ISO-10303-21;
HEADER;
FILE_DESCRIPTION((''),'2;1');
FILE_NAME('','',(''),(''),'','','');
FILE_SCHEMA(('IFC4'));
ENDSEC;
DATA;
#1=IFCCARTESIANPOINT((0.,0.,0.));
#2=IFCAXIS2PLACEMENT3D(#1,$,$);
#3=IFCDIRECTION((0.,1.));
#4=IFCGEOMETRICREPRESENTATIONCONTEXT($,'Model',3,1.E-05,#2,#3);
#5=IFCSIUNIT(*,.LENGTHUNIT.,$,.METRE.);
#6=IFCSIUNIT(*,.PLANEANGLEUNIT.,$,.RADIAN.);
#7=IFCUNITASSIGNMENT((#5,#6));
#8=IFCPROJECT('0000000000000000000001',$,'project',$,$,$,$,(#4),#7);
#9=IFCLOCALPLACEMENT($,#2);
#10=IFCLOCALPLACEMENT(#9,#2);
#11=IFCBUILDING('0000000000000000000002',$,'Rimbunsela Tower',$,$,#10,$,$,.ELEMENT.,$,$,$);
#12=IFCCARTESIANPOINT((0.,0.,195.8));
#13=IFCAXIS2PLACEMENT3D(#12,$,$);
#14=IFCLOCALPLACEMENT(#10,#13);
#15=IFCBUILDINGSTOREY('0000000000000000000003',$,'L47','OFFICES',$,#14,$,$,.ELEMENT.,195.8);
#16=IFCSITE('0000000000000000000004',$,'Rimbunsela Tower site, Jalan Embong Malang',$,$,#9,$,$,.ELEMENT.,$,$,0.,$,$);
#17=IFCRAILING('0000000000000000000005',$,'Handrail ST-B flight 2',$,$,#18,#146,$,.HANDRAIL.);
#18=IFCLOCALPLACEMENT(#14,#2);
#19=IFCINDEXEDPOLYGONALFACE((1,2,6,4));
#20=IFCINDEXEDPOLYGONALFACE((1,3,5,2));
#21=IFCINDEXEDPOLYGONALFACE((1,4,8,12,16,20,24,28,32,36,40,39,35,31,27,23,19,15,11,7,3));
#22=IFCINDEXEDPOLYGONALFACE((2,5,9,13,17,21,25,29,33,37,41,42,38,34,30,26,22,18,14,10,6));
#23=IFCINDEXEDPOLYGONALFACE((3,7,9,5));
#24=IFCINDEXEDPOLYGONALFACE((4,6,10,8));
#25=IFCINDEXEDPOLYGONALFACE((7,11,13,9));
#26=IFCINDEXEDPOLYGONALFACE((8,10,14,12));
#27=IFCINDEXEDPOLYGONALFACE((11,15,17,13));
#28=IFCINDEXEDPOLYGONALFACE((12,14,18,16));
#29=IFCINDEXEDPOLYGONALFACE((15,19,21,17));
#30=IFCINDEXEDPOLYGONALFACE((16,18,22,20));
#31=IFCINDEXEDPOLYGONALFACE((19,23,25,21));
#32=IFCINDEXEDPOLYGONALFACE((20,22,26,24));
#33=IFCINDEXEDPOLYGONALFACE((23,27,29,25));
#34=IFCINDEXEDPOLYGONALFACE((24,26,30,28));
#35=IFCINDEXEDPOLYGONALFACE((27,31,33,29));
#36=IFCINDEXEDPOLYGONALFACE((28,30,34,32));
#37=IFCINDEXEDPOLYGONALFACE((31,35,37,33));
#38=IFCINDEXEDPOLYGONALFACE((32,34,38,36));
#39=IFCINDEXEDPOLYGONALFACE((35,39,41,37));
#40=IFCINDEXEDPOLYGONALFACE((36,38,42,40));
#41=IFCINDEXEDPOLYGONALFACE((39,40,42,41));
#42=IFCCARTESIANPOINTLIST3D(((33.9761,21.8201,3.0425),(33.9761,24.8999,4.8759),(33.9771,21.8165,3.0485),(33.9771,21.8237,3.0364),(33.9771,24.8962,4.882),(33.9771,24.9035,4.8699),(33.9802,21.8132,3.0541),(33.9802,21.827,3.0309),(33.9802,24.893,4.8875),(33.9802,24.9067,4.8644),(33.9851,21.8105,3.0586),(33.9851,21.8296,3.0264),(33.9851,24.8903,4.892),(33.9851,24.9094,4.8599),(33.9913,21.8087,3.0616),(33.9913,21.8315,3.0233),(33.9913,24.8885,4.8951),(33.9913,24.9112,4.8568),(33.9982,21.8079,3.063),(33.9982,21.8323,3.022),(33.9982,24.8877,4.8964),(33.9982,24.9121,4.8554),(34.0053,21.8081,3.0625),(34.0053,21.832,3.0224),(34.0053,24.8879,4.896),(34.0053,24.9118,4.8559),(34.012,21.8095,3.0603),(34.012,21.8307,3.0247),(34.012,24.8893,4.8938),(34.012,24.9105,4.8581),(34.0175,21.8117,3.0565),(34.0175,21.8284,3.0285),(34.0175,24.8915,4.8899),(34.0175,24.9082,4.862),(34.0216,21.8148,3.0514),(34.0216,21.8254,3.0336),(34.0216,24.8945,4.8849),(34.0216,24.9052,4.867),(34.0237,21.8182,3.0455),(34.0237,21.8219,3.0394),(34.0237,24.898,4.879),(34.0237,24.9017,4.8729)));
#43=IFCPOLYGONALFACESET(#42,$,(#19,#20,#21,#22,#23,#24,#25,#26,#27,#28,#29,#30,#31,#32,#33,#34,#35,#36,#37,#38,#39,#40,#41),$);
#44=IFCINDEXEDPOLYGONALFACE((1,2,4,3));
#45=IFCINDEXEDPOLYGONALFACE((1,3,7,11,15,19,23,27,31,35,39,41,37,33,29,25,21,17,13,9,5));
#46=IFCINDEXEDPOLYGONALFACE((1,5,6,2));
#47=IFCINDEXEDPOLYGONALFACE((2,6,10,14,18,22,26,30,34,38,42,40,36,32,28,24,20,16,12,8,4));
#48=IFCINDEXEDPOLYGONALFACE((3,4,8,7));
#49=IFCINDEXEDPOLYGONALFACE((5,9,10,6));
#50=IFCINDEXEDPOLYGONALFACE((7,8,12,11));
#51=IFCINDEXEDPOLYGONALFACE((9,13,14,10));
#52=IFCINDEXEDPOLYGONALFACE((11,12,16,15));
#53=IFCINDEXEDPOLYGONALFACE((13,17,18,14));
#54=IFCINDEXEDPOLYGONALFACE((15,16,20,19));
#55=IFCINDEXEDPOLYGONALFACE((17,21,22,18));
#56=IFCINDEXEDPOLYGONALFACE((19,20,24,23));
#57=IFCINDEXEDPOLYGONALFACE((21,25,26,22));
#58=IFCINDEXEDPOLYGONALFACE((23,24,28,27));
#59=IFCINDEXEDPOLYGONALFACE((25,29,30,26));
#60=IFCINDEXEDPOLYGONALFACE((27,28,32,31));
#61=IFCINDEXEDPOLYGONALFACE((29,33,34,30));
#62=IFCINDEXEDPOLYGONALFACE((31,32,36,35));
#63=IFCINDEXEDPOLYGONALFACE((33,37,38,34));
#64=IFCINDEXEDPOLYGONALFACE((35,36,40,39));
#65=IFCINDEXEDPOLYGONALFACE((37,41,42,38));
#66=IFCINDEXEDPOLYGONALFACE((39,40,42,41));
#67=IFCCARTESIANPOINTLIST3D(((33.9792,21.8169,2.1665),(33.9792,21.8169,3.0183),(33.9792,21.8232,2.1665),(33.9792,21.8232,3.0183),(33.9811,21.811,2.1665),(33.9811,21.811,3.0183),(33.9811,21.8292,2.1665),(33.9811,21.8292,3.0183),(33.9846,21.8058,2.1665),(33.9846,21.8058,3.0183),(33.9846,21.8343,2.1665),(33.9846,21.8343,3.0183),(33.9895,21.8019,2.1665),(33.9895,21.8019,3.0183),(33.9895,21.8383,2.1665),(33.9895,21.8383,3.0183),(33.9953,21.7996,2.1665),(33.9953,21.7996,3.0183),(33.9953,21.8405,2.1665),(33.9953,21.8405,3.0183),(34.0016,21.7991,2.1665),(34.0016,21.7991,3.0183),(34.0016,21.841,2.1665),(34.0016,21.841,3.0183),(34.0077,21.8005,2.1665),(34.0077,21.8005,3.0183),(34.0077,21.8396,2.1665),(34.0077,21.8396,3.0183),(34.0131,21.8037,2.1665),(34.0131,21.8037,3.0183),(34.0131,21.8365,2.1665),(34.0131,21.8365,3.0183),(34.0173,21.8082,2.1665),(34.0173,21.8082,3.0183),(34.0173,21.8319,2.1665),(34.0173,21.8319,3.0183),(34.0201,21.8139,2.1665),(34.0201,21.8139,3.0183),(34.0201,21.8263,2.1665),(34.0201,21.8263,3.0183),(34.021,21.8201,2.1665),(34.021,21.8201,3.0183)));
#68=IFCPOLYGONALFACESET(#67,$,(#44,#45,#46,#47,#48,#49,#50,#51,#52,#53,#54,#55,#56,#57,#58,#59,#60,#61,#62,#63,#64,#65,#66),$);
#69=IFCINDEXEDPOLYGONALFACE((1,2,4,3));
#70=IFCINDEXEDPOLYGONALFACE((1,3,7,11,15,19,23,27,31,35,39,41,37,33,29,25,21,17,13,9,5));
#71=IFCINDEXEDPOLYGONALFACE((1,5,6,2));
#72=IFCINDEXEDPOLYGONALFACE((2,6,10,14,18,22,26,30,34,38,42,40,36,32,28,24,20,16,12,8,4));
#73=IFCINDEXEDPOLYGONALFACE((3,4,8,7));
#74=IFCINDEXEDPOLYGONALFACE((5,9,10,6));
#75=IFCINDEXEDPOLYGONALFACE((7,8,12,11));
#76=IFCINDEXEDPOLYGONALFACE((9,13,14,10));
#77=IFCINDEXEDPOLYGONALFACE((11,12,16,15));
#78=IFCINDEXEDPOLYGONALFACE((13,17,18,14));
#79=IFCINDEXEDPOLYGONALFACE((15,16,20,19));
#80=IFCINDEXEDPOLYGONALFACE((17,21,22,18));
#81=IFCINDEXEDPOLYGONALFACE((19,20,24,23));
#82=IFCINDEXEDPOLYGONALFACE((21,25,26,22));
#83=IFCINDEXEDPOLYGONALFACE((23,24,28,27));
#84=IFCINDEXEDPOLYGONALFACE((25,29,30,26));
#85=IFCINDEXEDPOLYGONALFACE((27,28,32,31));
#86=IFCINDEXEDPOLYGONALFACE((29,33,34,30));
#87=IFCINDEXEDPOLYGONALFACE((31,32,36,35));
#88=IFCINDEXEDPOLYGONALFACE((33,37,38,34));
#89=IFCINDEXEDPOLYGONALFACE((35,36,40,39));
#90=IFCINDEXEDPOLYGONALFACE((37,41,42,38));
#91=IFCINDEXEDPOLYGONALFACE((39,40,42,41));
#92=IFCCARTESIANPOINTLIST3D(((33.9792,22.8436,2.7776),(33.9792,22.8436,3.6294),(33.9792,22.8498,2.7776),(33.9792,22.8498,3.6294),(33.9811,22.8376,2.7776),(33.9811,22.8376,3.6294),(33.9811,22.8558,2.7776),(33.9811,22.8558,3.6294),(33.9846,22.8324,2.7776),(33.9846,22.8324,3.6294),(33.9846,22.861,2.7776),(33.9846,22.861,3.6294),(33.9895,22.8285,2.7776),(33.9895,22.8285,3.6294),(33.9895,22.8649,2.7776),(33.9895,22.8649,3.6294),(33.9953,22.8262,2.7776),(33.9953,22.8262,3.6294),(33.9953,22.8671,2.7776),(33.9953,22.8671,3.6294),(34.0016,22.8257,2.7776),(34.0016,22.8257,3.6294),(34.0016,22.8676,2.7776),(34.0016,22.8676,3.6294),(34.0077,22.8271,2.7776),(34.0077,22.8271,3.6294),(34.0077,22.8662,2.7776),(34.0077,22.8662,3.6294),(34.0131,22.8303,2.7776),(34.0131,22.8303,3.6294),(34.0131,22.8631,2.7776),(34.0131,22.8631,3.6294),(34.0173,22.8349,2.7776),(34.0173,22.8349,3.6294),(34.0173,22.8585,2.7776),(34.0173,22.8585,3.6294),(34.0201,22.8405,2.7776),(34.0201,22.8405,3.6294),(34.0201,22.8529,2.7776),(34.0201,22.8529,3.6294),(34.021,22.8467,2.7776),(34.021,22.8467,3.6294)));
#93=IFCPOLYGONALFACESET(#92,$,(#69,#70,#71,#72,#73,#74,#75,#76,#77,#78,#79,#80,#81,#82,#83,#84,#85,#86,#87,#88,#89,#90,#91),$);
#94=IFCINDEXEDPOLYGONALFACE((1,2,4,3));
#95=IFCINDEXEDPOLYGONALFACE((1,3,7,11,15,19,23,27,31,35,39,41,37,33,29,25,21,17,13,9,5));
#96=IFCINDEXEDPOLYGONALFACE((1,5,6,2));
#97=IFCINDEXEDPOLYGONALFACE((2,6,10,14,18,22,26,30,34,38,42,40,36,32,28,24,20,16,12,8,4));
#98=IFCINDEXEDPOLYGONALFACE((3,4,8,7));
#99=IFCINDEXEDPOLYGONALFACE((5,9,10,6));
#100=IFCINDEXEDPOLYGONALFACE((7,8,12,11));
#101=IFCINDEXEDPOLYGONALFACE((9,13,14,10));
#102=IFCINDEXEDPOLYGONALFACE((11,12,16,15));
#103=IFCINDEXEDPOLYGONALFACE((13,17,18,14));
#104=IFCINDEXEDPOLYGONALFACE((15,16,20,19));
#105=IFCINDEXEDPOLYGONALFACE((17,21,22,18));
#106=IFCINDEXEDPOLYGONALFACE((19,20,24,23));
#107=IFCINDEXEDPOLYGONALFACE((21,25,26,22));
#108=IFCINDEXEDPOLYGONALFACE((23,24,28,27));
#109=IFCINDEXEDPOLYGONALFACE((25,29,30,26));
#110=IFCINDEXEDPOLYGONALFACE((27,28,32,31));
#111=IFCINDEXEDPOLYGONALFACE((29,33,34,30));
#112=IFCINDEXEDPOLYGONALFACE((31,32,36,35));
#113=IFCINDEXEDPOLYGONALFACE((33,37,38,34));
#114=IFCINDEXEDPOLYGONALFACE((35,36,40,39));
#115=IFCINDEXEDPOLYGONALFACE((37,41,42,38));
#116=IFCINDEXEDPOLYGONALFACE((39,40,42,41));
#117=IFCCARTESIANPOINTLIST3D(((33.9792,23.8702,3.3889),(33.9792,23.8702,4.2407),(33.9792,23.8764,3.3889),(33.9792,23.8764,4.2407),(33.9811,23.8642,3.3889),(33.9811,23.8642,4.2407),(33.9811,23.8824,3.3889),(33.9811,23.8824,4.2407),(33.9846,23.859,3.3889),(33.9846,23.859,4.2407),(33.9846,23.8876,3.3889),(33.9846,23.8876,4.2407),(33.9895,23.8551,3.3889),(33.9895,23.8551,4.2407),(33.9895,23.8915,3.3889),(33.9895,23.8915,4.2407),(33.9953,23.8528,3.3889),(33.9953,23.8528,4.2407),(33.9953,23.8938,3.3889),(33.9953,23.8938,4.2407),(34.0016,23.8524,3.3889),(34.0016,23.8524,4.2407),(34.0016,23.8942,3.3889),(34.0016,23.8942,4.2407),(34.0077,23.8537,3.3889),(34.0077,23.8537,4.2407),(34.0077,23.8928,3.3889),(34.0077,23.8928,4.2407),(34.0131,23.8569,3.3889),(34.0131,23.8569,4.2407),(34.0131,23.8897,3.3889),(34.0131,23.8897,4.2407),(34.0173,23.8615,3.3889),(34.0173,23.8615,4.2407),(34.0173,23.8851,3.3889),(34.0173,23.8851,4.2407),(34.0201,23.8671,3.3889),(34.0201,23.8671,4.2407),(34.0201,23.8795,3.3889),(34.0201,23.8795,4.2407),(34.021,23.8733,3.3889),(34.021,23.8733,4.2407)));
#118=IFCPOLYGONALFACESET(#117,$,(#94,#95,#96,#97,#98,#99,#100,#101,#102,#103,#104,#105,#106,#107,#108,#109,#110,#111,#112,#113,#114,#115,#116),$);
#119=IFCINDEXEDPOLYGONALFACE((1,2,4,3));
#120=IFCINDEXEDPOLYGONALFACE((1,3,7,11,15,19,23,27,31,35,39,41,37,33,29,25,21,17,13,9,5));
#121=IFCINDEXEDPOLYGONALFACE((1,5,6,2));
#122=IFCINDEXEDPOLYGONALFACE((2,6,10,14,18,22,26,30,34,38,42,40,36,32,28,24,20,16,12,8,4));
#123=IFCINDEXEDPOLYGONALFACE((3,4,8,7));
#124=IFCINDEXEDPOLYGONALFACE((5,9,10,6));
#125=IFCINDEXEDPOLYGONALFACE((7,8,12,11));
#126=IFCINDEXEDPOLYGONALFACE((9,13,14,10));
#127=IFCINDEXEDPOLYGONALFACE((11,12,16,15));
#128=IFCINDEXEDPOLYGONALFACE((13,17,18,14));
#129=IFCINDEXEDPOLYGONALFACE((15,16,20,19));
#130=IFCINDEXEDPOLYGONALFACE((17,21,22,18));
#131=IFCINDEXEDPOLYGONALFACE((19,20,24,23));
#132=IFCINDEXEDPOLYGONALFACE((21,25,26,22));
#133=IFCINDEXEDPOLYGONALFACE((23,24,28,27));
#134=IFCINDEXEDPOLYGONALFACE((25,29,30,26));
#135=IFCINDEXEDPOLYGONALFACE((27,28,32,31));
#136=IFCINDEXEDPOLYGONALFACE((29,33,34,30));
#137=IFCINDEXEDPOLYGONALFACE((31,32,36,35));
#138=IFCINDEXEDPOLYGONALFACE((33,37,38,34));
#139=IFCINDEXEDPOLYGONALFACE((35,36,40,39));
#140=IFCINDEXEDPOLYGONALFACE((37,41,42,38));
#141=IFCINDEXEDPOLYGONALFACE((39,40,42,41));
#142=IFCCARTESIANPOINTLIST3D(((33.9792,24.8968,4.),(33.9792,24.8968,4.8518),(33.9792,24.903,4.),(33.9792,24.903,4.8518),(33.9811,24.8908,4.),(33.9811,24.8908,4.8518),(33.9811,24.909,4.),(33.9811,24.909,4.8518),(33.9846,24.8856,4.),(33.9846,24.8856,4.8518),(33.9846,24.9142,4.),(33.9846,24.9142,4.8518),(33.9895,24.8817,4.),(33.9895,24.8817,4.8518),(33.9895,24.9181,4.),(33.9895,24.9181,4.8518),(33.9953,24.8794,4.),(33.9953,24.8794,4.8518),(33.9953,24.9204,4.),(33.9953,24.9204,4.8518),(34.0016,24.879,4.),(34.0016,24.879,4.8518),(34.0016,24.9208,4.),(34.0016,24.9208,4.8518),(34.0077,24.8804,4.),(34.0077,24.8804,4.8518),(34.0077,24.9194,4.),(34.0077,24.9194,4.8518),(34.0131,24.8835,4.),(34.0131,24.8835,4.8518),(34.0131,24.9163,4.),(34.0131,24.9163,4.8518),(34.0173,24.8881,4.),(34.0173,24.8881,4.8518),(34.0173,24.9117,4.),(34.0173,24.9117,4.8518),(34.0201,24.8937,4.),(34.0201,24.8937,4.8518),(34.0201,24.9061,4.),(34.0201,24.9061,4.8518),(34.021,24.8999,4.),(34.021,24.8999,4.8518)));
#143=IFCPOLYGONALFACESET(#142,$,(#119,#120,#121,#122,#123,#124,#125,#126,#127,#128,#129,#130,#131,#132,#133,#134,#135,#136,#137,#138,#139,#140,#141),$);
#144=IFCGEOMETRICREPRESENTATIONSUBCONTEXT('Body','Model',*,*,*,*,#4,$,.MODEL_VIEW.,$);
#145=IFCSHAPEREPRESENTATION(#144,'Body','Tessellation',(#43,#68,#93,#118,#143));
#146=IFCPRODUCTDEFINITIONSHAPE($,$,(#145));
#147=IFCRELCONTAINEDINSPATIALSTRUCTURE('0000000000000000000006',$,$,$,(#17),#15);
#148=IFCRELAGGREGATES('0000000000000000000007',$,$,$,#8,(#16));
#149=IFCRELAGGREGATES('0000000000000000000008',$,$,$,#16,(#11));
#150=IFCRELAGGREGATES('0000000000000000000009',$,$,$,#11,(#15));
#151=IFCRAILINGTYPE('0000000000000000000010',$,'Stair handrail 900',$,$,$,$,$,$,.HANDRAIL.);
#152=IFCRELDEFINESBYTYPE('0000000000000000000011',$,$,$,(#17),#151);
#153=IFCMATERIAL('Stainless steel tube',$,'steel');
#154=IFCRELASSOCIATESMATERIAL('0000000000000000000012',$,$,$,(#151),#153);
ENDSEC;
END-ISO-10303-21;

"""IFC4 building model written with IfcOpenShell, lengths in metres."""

from ifc_helpers import new_model, si_unit, direction, frame, origin, origin_2d, place, context, subcontext, project, spatial, circle, extrude, material, type_object, element, save


model = new_model("IFC4")

# Units and contexts
model_context = context("Model", 3, precision=1e-05, world=origin(), true_north=direction((0.0, 1.0)))
body_context = subcontext(model_context, "Body", "Model", "MODEL_VIEW")
ifc_project = project(units=[si_unit("LENGTHUNIT", "METRE"), si_unit("PLANEANGLEUNIT", "RADIAN")], contexts=[model_context])

# Site, building, storey
site_placement = place(None, origin())
site = spatial("IfcSite", under=ifc_project, at=site_placement, Name="Rimbunsela Tower site, Jalan Embong Malang", CompositionType="ELEMENT", RefElevation=0.0)
building_placement = place(site_placement, origin())
building = spatial("IfcBuilding", under=site, at=building_placement, Name="Rimbunsela Tower", CompositionType="ELEMENT")
storey_placement = place(building_placement, frame((0.0, 0.0, 195.8)))
storey = spatial("IfcBuildingStorey", under=building, at=storey_placement, Name="L47", Description="OFFICES", CompositionType="ELEMENT", Elevation=195.8)

# Railing
ifc_material_1 = material(Name="Stainless steel tube", Category="steel")
railing_type = type_object("IfcRailingType", Name="Stair handrail 900", PredefinedType="HANDRAIL", material=ifc_material_1)
railing_placement = place(storey_placement, frame((34.0, 21.8201, 2.1665)))
element("IfcRailing", 1, at=railing_placement, inside=storey, type_object=railing_type, Name="Handrail ST-B flight 2", PredefinedType="HANDRAIL", context=body_context, shape_type="SweptSolid", body=[
    extrude(circle(Radius=0.0239, at=origin_2d()), frame((0.0, 0.0, 0.876), z_axis=(0.0, 0.859261, 0.511538), x_axis=(-1.0, 0.0, 0.0)), (0.0, 0.0, 1.0), 3.5842),
    extrude(circle(Radius=0.021, at=origin_2d()), origin(), (0.0, 0.0, 1.0), 0.8518),
    extrude(circle(Radius=0.021, at=origin_2d()), frame((0.0, 1.0266, 0.6111)), (0.0, 0.0, 1.0), 0.8518),
    extrude(circle(Radius=0.021, at=origin_2d()), frame((0.0, 2.0532, 1.2224)), (0.0, 0.0, 1.0), 0.8518),
    extrude(circle(Radius=0.021, at=origin_2d()), frame((0.0, 3.0798, 1.8335)), (0.0, 0.0, 1.0), 0.8518),
])

save(model, "model.ifc")
